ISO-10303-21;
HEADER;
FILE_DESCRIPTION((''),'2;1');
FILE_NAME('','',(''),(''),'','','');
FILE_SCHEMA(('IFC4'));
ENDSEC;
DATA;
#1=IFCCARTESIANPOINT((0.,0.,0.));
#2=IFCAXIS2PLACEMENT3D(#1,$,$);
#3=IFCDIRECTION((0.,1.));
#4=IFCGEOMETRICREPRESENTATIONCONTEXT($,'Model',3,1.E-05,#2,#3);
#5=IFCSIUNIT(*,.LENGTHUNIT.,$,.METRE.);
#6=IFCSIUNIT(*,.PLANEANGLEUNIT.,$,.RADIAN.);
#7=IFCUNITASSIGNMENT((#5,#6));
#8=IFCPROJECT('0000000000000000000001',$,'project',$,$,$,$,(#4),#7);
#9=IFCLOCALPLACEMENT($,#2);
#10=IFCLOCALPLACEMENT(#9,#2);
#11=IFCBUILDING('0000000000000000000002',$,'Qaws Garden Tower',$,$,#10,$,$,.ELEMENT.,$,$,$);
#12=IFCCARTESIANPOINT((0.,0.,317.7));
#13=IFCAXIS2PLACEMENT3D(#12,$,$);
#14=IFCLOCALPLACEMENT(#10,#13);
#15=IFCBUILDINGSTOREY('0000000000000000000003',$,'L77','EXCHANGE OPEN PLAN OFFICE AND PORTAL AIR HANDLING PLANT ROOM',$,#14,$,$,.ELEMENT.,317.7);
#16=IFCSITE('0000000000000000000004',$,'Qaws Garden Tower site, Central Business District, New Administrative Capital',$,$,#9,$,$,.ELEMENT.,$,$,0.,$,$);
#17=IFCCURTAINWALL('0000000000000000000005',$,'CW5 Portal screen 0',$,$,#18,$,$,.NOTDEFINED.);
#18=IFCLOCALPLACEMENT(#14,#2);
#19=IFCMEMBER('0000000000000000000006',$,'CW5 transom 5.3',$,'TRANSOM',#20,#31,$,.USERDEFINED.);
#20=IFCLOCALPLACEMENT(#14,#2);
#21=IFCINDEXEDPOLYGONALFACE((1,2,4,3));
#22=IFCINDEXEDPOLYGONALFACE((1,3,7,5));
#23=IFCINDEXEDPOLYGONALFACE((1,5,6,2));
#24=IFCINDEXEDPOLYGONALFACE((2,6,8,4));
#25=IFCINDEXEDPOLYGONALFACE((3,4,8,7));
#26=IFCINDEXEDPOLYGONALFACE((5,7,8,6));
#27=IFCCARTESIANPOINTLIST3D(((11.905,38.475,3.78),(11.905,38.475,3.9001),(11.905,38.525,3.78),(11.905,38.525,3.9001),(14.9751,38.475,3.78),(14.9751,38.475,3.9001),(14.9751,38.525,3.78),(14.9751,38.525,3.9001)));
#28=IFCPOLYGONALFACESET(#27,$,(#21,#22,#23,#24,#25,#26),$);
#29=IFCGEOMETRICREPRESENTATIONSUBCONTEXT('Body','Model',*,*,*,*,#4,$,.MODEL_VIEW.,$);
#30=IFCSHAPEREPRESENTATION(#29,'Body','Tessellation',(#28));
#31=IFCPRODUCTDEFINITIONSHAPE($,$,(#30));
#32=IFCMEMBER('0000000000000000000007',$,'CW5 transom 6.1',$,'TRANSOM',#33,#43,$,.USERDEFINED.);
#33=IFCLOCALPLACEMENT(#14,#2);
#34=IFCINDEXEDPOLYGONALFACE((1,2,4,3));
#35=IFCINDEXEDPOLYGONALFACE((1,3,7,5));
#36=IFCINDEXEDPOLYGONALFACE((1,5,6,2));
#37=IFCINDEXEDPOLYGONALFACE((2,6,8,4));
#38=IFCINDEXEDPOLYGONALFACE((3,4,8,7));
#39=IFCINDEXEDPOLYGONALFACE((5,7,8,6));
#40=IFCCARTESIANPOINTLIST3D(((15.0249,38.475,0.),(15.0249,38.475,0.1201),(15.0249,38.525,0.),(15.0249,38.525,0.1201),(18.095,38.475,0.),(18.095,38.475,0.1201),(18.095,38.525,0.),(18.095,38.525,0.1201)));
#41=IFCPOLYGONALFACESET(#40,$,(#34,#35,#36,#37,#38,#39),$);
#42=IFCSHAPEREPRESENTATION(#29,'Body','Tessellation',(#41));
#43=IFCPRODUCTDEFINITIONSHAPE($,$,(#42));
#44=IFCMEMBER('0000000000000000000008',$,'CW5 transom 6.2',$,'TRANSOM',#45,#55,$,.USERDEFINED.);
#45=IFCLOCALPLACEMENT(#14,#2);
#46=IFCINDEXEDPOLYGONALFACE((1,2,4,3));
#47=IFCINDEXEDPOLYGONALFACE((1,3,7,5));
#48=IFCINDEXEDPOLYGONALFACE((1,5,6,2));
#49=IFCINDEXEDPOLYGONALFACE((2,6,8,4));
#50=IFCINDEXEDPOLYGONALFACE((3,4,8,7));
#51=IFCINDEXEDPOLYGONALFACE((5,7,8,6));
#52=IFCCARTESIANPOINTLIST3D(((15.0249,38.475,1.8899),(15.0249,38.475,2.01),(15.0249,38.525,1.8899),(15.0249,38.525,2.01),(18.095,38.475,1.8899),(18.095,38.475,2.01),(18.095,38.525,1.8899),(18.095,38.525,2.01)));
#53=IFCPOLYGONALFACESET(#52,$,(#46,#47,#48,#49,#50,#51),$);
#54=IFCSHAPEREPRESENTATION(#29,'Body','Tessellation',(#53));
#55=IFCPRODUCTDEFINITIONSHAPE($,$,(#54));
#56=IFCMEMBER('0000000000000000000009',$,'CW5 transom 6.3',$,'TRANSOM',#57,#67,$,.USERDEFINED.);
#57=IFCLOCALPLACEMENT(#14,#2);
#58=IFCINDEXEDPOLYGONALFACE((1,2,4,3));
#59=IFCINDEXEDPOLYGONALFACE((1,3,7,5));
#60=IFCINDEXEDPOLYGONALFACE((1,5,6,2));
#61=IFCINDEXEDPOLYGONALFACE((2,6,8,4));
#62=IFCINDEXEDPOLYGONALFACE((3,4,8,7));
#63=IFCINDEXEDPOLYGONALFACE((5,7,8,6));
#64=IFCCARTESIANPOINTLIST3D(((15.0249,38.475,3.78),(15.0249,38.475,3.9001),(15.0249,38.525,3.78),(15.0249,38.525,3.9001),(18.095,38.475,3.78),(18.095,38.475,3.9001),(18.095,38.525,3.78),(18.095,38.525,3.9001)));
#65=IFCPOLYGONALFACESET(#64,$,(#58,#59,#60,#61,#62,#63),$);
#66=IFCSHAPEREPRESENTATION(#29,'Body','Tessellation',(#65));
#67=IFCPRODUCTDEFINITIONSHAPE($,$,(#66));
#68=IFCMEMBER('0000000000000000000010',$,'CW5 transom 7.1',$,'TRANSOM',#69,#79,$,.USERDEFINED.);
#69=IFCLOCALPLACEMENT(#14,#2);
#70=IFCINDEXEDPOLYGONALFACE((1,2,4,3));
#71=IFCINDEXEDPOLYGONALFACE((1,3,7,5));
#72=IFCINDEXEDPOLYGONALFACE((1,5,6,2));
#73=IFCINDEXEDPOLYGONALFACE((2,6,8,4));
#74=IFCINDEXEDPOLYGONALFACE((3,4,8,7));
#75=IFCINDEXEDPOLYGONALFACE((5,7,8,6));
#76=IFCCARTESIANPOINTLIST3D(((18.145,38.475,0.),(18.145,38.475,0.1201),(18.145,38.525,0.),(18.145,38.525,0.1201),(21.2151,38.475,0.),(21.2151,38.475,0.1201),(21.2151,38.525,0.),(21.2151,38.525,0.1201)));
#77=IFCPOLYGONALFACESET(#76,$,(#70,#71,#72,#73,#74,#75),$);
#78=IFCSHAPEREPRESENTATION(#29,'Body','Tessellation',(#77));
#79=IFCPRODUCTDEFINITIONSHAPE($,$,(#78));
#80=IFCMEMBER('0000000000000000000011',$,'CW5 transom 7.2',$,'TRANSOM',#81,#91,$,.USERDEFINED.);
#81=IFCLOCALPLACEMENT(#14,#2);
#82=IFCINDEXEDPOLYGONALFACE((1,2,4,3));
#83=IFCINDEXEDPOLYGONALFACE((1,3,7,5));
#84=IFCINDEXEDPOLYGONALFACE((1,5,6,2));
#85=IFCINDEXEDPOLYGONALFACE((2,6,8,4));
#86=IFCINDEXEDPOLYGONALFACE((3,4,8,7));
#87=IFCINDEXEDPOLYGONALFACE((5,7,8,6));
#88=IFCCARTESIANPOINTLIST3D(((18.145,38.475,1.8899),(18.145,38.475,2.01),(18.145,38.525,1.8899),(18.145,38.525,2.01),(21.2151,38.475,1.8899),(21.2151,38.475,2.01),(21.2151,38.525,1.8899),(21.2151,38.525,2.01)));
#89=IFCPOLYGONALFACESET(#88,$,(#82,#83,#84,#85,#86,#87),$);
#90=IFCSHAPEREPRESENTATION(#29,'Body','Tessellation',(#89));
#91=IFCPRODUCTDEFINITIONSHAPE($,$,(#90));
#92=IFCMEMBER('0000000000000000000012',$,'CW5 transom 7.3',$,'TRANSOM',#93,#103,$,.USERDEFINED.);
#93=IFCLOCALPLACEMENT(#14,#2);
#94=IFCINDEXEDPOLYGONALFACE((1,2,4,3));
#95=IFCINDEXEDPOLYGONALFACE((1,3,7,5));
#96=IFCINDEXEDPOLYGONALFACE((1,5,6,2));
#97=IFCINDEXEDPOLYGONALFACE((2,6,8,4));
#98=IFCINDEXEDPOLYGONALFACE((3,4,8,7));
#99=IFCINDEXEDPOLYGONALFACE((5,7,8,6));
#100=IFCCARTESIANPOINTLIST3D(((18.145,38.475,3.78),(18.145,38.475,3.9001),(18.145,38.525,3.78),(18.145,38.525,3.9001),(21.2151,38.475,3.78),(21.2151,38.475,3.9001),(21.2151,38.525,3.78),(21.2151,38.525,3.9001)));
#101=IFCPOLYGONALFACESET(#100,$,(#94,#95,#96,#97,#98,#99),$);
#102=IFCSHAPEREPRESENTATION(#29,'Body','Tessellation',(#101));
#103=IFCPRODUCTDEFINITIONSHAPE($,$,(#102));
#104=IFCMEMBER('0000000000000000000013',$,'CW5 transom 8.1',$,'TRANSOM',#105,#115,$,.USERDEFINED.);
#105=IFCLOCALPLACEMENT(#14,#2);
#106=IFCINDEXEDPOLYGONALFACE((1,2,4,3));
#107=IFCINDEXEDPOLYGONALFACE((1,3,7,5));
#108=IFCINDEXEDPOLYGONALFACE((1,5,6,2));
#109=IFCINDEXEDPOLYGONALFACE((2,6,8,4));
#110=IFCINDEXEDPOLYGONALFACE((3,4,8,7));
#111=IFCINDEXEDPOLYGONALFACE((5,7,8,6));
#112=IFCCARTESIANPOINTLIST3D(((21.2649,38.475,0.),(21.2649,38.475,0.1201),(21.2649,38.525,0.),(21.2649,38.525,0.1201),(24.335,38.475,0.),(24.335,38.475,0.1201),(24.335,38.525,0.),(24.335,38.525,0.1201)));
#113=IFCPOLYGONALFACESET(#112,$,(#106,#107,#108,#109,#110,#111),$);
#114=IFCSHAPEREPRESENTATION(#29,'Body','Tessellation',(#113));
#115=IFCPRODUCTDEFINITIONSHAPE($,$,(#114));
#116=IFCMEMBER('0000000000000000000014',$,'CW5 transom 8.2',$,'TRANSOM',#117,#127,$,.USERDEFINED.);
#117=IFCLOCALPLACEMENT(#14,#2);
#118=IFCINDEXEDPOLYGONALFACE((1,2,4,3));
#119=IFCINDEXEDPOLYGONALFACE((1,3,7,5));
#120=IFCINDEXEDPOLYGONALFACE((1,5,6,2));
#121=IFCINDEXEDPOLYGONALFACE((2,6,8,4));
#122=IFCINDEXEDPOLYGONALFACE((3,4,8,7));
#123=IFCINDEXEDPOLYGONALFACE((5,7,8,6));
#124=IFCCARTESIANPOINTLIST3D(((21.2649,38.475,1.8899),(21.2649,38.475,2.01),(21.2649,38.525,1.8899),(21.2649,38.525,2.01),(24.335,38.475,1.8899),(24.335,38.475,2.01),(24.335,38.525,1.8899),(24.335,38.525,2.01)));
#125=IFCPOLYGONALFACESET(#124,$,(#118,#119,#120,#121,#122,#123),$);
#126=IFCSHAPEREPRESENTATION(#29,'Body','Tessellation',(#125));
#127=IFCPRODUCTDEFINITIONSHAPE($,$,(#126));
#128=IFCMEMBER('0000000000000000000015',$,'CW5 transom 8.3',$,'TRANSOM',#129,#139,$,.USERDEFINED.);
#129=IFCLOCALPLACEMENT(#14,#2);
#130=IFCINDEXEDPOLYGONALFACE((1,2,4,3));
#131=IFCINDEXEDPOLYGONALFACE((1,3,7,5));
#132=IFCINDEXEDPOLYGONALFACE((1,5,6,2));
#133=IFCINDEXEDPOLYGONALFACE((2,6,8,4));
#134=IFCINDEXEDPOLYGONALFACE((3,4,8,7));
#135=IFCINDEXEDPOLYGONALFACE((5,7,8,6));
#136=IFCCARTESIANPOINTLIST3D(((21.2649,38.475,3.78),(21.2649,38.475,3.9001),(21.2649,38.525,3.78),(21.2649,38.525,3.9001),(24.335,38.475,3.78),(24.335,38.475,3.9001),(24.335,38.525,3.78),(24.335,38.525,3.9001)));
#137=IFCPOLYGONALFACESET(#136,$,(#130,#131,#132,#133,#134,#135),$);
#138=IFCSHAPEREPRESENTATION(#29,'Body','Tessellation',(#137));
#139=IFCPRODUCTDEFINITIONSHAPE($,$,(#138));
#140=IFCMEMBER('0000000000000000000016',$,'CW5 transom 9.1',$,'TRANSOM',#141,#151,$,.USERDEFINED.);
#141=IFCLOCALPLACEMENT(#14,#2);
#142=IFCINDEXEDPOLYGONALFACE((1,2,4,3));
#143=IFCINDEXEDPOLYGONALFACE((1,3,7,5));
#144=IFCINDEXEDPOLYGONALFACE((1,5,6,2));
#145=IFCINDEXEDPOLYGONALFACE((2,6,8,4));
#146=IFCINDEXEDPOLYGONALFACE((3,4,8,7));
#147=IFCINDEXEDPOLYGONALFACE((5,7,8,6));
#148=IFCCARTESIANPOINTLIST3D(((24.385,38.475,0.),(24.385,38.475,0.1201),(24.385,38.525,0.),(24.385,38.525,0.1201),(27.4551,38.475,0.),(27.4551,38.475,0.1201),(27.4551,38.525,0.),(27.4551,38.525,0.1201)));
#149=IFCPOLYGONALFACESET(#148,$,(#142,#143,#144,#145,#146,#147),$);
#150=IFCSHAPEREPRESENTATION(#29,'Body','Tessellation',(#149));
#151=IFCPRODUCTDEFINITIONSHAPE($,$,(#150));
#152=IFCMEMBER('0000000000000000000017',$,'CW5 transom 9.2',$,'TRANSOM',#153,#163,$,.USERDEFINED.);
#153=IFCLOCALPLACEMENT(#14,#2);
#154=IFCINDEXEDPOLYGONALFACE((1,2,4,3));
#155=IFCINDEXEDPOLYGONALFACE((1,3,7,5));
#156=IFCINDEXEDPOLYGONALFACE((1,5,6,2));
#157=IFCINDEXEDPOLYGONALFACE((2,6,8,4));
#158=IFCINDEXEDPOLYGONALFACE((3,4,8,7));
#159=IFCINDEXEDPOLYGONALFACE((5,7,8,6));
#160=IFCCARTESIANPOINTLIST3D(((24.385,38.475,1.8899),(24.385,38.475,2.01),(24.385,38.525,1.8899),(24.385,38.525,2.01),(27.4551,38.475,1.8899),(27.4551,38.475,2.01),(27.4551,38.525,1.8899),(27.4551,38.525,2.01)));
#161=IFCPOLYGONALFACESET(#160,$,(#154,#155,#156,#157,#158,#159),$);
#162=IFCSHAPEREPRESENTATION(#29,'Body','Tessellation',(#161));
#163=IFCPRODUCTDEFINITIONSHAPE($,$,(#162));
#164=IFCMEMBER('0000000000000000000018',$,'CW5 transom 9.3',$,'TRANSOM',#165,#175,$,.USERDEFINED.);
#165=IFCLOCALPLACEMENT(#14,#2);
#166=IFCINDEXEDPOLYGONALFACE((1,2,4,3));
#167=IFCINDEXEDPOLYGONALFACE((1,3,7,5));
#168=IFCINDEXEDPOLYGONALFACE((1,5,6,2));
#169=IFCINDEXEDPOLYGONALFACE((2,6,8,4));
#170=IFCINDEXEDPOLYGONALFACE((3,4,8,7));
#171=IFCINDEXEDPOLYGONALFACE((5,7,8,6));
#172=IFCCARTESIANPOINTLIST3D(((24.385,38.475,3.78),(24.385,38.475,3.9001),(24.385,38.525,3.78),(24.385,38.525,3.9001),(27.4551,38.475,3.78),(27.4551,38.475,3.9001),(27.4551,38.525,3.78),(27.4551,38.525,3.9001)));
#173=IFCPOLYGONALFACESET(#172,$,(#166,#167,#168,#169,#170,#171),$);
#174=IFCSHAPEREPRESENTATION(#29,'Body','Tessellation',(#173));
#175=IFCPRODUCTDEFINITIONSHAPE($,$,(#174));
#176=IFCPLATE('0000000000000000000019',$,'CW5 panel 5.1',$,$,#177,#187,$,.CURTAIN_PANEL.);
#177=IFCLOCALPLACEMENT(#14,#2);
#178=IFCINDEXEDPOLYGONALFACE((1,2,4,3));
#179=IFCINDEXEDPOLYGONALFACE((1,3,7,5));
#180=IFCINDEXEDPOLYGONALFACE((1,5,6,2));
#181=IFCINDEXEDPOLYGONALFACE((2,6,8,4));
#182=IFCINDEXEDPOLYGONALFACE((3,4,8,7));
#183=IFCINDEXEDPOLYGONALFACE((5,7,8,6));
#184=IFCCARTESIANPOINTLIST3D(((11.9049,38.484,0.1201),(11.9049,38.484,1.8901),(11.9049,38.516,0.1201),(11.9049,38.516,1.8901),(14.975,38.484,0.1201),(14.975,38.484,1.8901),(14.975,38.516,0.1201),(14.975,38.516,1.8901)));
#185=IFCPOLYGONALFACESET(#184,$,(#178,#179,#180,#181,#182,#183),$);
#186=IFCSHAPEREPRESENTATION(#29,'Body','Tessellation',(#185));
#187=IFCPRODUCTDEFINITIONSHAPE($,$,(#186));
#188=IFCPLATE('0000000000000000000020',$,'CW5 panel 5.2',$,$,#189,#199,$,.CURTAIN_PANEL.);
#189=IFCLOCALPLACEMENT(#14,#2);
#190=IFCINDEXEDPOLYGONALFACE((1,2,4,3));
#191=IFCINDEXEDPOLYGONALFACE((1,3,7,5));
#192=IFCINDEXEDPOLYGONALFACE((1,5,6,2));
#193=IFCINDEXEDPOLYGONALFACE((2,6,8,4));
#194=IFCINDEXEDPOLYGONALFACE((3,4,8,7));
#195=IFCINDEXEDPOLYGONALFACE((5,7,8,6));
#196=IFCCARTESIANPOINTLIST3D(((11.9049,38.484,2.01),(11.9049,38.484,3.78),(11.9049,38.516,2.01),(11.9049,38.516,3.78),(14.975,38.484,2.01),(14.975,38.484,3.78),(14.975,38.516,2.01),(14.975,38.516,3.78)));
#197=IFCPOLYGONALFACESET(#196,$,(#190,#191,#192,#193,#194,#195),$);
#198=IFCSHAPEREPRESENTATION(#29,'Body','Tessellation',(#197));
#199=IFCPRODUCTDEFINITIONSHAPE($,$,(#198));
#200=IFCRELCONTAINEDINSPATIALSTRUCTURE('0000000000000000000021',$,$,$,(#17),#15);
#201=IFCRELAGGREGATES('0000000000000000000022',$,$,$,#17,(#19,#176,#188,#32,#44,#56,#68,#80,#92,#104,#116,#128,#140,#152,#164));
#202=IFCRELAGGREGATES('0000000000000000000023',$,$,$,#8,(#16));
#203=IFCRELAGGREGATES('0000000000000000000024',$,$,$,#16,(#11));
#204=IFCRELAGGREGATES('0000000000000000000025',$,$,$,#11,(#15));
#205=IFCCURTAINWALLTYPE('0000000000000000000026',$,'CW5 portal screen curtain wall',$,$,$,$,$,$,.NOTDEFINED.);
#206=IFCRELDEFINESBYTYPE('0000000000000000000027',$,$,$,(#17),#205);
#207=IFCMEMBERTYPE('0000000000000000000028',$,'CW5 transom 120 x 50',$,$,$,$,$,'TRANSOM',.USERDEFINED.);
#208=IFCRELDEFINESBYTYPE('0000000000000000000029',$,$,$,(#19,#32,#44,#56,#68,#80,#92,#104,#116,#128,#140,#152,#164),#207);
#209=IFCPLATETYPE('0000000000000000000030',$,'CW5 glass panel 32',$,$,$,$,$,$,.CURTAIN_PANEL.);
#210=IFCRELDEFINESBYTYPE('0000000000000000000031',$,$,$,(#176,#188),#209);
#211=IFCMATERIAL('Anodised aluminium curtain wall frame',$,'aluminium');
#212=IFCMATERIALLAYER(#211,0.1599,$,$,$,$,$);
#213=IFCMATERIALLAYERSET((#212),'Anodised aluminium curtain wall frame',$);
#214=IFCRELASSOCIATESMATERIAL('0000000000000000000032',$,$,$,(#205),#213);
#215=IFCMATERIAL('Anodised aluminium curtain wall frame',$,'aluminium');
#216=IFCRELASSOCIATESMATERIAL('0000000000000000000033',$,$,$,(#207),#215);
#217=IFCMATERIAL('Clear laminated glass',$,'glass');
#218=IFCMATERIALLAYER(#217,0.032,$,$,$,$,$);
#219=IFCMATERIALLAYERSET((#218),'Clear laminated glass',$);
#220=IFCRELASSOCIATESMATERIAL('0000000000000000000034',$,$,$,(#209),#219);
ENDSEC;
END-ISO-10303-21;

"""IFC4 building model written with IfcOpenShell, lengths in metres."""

from ifc_helpers import new_model, si_unit, direction, frame, origin, origin_2d, place, context, subcontext, project, spatial, rectangle, extrude, material, layer, layer_set, material_profile, profile_set, type_object, element, aggregate, save


model = new_model("IFC4")

# Units and contexts
model_context = context("Model", 3, precision=1e-05, world=origin(), true_north=direction((0.0, 1.0)))
body_context = subcontext(model_context, "Body", "Model", "MODEL_VIEW")
ifc_project = project(units=[si_unit("LENGTHUNIT", "METRE"), si_unit("PLANEANGLEUNIT", "RADIAN")], contexts=[model_context])

# Site, building, storey
site_placement = place(None, origin())
site = spatial("IfcSite", under=ifc_project, at=site_placement, Name="Qaws Garden Tower site, Central Business District, New Administrative Capital", CompositionType="ELEMENT", RefElevation=0.0)
building_placement = place(site_placement, origin())
building = spatial("IfcBuilding", under=site, at=building_placement, Name="Qaws Garden Tower", CompositionType="ELEMENT")
storey_placement = place(building_placement, frame((0.0, 0.0, 317.7)))
storey = spatial("IfcBuildingStorey", under=building, at=storey_placement, Name="L77", Description="EXCHANGE OPEN PLAN OFFICE AND PORTAL AIR HANDLING PLANT ROOM", CompositionType="ELEMENT", Elevation=317.7)

# Curtain wall, members, plates
ifc_material_1 = material(Name="Anodised aluminium curtain wall frame", Category="aluminium")
ifc_layer_1 = layer(ifc_material_1, 0.1599)
ifc_layer_set_1 = layer_set([ifc_layer_1], Name="Anodised aluminium curtain wall frame")
curtain_wall_type = type_object("IfcCurtainWallType", Name="CW5 portal screen curtain wall", PredefinedType="NOTDEFINED", material=ifc_layer_set_1)
curtain_wall_placement = place(storey_placement, origin())
curtain_wall = element("IfcCurtainWall", 1, at=curtain_wall_placement, inside=storey, type_object=curtain_wall_type, Name="CW5 Portal screen 0", PredefinedType="NOTDEFINED")
ifc_material_2 = material(Name="Anodised aluminium curtain wall frame", Category="aluminium")
ifc_material_profile = material_profile(ifc_material_2, rectangle(XDim=0.05, YDim=0.1201, at=origin_2d()), Name="AL 50x120")
ifc_profile_set = profile_set([ifc_material_profile], Name="Anodised aluminium curtain wall frame")
member_type = type_object("IfcMemberType", Name="CW5 transom 120 x 50", ElementType="TRANSOM", PredefinedType="USERDEFINED", material=ifc_profile_set)
member_1_placement = place(storey_placement, frame((11.905, 38.5, 3.8401), z_axis=(1.0, 0.0, 0.0), x_axis=(0.0, 1.0, 0.0)))
member_1 = element("IfcMember", 2, at=member_1_placement, type_object=member_type, Name="CW5 transom 5.3", ObjectType="TRANSOM", PredefinedType="USERDEFINED", context=body_context, shape_type="SweptSolid", body=[
    extrude(rectangle(XDim=0.05, YDim=0.1201, at=origin_2d()), origin(), (0.0, 0.0, 1.0), 3.0701),
])
member_2_placement = place(storey_placement, frame((15.0249, 38.5, 0.0601), z_axis=(1.0, 0.0, 0.0), x_axis=(0.0, 1.0, 0.0)))
member_2 = element("IfcMember", 3, at=member_2_placement, type_object=member_type, Name="CW5 transom 6.1", ObjectType="TRANSOM", PredefinedType="USERDEFINED", context=body_context, shape_type="SweptSolid", body=[
    extrude(rectangle(XDim=0.05, YDim=0.1201, at=origin_2d()), origin(), (0.0, 0.0, 1.0), 3.0701),
])
member_3_placement = place(storey_placement, frame((15.0249, 38.5, 1.95), z_axis=(1.0, 0.0, 0.0), x_axis=(0.0, 1.0, 0.0)))
member_3 = element("IfcMember", 4, at=member_3_placement, type_object=member_type, Name="CW5 transom 6.2", ObjectType="TRANSOM", PredefinedType="USERDEFINED", context=body_context, shape_type="SweptSolid", body=[
    extrude(rectangle(XDim=0.05, YDim=0.1201, at=origin_2d()), origin(), (0.0, 0.0, 1.0), 3.0701),
])
member_4_placement = place(storey_placement, frame((15.0249, 38.5, 3.8401), z_axis=(1.0, 0.0, 0.0), x_axis=(0.0, 1.0, 0.0)))
member_4 = element("IfcMember", 5, at=member_4_placement, type_object=member_type, Name="CW5 transom 6.3", ObjectType="TRANSOM", PredefinedType="USERDEFINED", context=body_context, shape_type="SweptSolid", body=[
    extrude(rectangle(XDim=0.05, YDim=0.1201, at=origin_2d()), origin(), (0.0, 0.0, 1.0), 3.0701),
])
member_5_placement = place(storey_placement, frame((18.145, 38.5, 0.0601), z_axis=(1.0, 0.0, 0.0), x_axis=(0.0, 1.0, 0.0)))
member_5 = element("IfcMember", 6, at=member_5_placement, type_object=member_type, Name="CW5 transom 7.1", ObjectType="TRANSOM", PredefinedType="USERDEFINED", context=body_context, shape_type="SweptSolid", body=[
    extrude(rectangle(XDim=0.05, YDim=0.1201, at=origin_2d()), origin(), (0.0, 0.0, 1.0), 3.0701),
])
member_6_placement = place(storey_placement, frame((18.145, 38.5, 1.95), z_axis=(1.0, 0.0, 0.0), x_axis=(0.0, 1.0, 0.0)))
member_6 = element("IfcMember", 7, at=member_6_placement, type_object=member_type, Name="CW5 transom 7.2", ObjectType="TRANSOM", PredefinedType="USERDEFINED", context=body_context, shape_type="SweptSolid", body=[
    extrude(rectangle(XDim=0.05, YDim=0.1201, at=origin_2d()), origin(), (0.0, 0.0, 1.0), 3.0701),
])
member_7_placement = place(storey_placement, frame((18.145, 38.5, 3.8401), z_axis=(1.0, 0.0, 0.0), x_axis=(0.0, 1.0, 0.0)))
member_7 = element("IfcMember", 8, at=member_7_placement, type_object=member_type, Name="CW5 transom 7.3", ObjectType="TRANSOM", PredefinedType="USERDEFINED", context=body_context, shape_type="SweptSolid", body=[
    extrude(rectangle(XDim=0.05, YDim=0.1201, at=origin_2d()), origin(), (0.0, 0.0, 1.0), 3.0701),
])
member_8_placement = place(storey_placement, frame((21.2649, 38.5, 0.0601), z_axis=(1.0, 0.0, 0.0), x_axis=(0.0, 1.0, 0.0)))
member_8 = element("IfcMember", 9, at=member_8_placement, type_object=member_type, Name="CW5 transom 8.1", ObjectType="TRANSOM", PredefinedType="USERDEFINED", context=body_context, shape_type="SweptSolid", body=[
    extrude(rectangle(XDim=0.05, YDim=0.1201, at=origin_2d()), origin(), (0.0, 0.0, 1.0), 3.0701),
])
member_9_placement = place(storey_placement, frame((21.2649, 38.5, 1.95), z_axis=(1.0, 0.0, 0.0), x_axis=(0.0, 1.0, 0.0)))
member_9 = element("IfcMember", 10, at=member_9_placement, type_object=member_type, Name="CW5 transom 8.2", ObjectType="TRANSOM", PredefinedType="USERDEFINED", context=body_context, shape_type="SweptSolid", body=[
    extrude(rectangle(XDim=0.05, YDim=0.1201, at=origin_2d()), origin(), (0.0, 0.0, 1.0), 3.0701),
])
member_10_placement = place(storey_placement, frame((21.2649, 38.5, 3.8401), z_axis=(1.0, 0.0, 0.0), x_axis=(0.0, 1.0, 0.0)))
member_10 = element("IfcMember", 11, at=member_10_placement, type_object=member_type, Name="CW5 transom 8.3", ObjectType="TRANSOM", PredefinedType="USERDEFINED", context=body_context, shape_type="SweptSolid", body=[
    extrude(rectangle(XDim=0.05, YDim=0.1201, at=origin_2d()), origin(), (0.0, 0.0, 1.0), 3.0701),
])
member_11_placement = place(storey_placement, frame((24.385, 38.5, 0.0601), z_axis=(1.0, 0.0, 0.0), x_axis=(0.0, 1.0, 0.0)))
member_11 = element("IfcMember", 12, at=member_11_placement, type_object=member_type, Name="CW5 transom 9.1", ObjectType="TRANSOM", PredefinedType="USERDEFINED", context=body_context, shape_type="SweptSolid", body=[
    extrude(rectangle(XDim=0.05, YDim=0.1201, at=origin_2d()), origin(), (0.0, 0.0, 1.0), 3.0701),
])
member_12_placement = place(storey_placement, frame((24.385, 38.5, 1.95), z_axis=(1.0, 0.0, 0.0), x_axis=(0.0, 1.0, 0.0)))
member_12 = element("IfcMember", 13, at=member_12_placement, type_object=member_type, Name="CW5 transom 9.2", ObjectType="TRANSOM", PredefinedType="USERDEFINED", context=body_context, shape_type="SweptSolid", body=[
    extrude(rectangle(XDim=0.05, YDim=0.1201, at=origin_2d()), origin(), (0.0, 0.0, 1.0), 3.0701),
])
member_13_placement = place(storey_placement, frame((24.385, 38.5, 3.8401), z_axis=(1.0, 0.0, 0.0), x_axis=(0.0, 1.0, 0.0)))
member_13 = element("IfcMember", 14, at=member_13_placement, type_object=member_type, Name="CW5 transom 9.3", ObjectType="TRANSOM", PredefinedType="USERDEFINED", context=body_context, shape_type="SweptSolid", body=[
    extrude(rectangle(XDim=0.05, YDim=0.1201, at=origin_2d()), origin(), (0.0, 0.0, 1.0), 3.0701),
])
ifc_material_3 = material(Name="Clear laminated glass", Category="glass")
ifc_layer_2 = layer(ifc_material_3, 0.032)
ifc_layer_set_2 = layer_set([ifc_layer_2], Name="Clear laminated glass")
plate_type = type_object("IfcPlateType", Name="CW5 glass panel 32", PredefinedType="CURTAIN_PANEL", material=ifc_layer_set_2)
plate_1_placement = place(storey_placement, frame((13.4399, 38.5, 0.1201), z_axis=(0.0, 0.0, 1.0), x_axis=(1.0, 0.0, 0.0)))
plate_1 = element("IfcPlate", 15, at=plate_1_placement, type_object=plate_type, Name="CW5 panel 5.1", PredefinedType="CURTAIN_PANEL", context=body_context, shape_type="SweptSolid", body=[
    extrude(rectangle(XDim=3.0701, YDim=0.032, at=origin_2d()), origin(), (0.0, 0.0, 1.0), 1.77),
])
plate_2_placement = place(storey_placement, frame((13.4399, 38.5, 2.01), z_axis=(0.0, 0.0, 1.0), x_axis=(1.0, 0.0, 0.0)))
plate_2 = element("IfcPlate", 16, at=plate_2_placement, type_object=plate_type, Name="CW5 panel 5.2", PredefinedType="CURTAIN_PANEL", context=body_context, shape_type="SweptSolid", body=[
    extrude(rectangle(XDim=3.0701, YDim=0.032, at=origin_2d()), origin(), (0.0, 0.0, 1.0), 1.77),
])
aggregate(curtain_wall, [member_1, plate_1, plate_2, member_2, member_3, member_4, member_5, member_6, member_7, member_8, member_9, member_10, member_11, member_12, member_13])

save(model, "model.ifc")
